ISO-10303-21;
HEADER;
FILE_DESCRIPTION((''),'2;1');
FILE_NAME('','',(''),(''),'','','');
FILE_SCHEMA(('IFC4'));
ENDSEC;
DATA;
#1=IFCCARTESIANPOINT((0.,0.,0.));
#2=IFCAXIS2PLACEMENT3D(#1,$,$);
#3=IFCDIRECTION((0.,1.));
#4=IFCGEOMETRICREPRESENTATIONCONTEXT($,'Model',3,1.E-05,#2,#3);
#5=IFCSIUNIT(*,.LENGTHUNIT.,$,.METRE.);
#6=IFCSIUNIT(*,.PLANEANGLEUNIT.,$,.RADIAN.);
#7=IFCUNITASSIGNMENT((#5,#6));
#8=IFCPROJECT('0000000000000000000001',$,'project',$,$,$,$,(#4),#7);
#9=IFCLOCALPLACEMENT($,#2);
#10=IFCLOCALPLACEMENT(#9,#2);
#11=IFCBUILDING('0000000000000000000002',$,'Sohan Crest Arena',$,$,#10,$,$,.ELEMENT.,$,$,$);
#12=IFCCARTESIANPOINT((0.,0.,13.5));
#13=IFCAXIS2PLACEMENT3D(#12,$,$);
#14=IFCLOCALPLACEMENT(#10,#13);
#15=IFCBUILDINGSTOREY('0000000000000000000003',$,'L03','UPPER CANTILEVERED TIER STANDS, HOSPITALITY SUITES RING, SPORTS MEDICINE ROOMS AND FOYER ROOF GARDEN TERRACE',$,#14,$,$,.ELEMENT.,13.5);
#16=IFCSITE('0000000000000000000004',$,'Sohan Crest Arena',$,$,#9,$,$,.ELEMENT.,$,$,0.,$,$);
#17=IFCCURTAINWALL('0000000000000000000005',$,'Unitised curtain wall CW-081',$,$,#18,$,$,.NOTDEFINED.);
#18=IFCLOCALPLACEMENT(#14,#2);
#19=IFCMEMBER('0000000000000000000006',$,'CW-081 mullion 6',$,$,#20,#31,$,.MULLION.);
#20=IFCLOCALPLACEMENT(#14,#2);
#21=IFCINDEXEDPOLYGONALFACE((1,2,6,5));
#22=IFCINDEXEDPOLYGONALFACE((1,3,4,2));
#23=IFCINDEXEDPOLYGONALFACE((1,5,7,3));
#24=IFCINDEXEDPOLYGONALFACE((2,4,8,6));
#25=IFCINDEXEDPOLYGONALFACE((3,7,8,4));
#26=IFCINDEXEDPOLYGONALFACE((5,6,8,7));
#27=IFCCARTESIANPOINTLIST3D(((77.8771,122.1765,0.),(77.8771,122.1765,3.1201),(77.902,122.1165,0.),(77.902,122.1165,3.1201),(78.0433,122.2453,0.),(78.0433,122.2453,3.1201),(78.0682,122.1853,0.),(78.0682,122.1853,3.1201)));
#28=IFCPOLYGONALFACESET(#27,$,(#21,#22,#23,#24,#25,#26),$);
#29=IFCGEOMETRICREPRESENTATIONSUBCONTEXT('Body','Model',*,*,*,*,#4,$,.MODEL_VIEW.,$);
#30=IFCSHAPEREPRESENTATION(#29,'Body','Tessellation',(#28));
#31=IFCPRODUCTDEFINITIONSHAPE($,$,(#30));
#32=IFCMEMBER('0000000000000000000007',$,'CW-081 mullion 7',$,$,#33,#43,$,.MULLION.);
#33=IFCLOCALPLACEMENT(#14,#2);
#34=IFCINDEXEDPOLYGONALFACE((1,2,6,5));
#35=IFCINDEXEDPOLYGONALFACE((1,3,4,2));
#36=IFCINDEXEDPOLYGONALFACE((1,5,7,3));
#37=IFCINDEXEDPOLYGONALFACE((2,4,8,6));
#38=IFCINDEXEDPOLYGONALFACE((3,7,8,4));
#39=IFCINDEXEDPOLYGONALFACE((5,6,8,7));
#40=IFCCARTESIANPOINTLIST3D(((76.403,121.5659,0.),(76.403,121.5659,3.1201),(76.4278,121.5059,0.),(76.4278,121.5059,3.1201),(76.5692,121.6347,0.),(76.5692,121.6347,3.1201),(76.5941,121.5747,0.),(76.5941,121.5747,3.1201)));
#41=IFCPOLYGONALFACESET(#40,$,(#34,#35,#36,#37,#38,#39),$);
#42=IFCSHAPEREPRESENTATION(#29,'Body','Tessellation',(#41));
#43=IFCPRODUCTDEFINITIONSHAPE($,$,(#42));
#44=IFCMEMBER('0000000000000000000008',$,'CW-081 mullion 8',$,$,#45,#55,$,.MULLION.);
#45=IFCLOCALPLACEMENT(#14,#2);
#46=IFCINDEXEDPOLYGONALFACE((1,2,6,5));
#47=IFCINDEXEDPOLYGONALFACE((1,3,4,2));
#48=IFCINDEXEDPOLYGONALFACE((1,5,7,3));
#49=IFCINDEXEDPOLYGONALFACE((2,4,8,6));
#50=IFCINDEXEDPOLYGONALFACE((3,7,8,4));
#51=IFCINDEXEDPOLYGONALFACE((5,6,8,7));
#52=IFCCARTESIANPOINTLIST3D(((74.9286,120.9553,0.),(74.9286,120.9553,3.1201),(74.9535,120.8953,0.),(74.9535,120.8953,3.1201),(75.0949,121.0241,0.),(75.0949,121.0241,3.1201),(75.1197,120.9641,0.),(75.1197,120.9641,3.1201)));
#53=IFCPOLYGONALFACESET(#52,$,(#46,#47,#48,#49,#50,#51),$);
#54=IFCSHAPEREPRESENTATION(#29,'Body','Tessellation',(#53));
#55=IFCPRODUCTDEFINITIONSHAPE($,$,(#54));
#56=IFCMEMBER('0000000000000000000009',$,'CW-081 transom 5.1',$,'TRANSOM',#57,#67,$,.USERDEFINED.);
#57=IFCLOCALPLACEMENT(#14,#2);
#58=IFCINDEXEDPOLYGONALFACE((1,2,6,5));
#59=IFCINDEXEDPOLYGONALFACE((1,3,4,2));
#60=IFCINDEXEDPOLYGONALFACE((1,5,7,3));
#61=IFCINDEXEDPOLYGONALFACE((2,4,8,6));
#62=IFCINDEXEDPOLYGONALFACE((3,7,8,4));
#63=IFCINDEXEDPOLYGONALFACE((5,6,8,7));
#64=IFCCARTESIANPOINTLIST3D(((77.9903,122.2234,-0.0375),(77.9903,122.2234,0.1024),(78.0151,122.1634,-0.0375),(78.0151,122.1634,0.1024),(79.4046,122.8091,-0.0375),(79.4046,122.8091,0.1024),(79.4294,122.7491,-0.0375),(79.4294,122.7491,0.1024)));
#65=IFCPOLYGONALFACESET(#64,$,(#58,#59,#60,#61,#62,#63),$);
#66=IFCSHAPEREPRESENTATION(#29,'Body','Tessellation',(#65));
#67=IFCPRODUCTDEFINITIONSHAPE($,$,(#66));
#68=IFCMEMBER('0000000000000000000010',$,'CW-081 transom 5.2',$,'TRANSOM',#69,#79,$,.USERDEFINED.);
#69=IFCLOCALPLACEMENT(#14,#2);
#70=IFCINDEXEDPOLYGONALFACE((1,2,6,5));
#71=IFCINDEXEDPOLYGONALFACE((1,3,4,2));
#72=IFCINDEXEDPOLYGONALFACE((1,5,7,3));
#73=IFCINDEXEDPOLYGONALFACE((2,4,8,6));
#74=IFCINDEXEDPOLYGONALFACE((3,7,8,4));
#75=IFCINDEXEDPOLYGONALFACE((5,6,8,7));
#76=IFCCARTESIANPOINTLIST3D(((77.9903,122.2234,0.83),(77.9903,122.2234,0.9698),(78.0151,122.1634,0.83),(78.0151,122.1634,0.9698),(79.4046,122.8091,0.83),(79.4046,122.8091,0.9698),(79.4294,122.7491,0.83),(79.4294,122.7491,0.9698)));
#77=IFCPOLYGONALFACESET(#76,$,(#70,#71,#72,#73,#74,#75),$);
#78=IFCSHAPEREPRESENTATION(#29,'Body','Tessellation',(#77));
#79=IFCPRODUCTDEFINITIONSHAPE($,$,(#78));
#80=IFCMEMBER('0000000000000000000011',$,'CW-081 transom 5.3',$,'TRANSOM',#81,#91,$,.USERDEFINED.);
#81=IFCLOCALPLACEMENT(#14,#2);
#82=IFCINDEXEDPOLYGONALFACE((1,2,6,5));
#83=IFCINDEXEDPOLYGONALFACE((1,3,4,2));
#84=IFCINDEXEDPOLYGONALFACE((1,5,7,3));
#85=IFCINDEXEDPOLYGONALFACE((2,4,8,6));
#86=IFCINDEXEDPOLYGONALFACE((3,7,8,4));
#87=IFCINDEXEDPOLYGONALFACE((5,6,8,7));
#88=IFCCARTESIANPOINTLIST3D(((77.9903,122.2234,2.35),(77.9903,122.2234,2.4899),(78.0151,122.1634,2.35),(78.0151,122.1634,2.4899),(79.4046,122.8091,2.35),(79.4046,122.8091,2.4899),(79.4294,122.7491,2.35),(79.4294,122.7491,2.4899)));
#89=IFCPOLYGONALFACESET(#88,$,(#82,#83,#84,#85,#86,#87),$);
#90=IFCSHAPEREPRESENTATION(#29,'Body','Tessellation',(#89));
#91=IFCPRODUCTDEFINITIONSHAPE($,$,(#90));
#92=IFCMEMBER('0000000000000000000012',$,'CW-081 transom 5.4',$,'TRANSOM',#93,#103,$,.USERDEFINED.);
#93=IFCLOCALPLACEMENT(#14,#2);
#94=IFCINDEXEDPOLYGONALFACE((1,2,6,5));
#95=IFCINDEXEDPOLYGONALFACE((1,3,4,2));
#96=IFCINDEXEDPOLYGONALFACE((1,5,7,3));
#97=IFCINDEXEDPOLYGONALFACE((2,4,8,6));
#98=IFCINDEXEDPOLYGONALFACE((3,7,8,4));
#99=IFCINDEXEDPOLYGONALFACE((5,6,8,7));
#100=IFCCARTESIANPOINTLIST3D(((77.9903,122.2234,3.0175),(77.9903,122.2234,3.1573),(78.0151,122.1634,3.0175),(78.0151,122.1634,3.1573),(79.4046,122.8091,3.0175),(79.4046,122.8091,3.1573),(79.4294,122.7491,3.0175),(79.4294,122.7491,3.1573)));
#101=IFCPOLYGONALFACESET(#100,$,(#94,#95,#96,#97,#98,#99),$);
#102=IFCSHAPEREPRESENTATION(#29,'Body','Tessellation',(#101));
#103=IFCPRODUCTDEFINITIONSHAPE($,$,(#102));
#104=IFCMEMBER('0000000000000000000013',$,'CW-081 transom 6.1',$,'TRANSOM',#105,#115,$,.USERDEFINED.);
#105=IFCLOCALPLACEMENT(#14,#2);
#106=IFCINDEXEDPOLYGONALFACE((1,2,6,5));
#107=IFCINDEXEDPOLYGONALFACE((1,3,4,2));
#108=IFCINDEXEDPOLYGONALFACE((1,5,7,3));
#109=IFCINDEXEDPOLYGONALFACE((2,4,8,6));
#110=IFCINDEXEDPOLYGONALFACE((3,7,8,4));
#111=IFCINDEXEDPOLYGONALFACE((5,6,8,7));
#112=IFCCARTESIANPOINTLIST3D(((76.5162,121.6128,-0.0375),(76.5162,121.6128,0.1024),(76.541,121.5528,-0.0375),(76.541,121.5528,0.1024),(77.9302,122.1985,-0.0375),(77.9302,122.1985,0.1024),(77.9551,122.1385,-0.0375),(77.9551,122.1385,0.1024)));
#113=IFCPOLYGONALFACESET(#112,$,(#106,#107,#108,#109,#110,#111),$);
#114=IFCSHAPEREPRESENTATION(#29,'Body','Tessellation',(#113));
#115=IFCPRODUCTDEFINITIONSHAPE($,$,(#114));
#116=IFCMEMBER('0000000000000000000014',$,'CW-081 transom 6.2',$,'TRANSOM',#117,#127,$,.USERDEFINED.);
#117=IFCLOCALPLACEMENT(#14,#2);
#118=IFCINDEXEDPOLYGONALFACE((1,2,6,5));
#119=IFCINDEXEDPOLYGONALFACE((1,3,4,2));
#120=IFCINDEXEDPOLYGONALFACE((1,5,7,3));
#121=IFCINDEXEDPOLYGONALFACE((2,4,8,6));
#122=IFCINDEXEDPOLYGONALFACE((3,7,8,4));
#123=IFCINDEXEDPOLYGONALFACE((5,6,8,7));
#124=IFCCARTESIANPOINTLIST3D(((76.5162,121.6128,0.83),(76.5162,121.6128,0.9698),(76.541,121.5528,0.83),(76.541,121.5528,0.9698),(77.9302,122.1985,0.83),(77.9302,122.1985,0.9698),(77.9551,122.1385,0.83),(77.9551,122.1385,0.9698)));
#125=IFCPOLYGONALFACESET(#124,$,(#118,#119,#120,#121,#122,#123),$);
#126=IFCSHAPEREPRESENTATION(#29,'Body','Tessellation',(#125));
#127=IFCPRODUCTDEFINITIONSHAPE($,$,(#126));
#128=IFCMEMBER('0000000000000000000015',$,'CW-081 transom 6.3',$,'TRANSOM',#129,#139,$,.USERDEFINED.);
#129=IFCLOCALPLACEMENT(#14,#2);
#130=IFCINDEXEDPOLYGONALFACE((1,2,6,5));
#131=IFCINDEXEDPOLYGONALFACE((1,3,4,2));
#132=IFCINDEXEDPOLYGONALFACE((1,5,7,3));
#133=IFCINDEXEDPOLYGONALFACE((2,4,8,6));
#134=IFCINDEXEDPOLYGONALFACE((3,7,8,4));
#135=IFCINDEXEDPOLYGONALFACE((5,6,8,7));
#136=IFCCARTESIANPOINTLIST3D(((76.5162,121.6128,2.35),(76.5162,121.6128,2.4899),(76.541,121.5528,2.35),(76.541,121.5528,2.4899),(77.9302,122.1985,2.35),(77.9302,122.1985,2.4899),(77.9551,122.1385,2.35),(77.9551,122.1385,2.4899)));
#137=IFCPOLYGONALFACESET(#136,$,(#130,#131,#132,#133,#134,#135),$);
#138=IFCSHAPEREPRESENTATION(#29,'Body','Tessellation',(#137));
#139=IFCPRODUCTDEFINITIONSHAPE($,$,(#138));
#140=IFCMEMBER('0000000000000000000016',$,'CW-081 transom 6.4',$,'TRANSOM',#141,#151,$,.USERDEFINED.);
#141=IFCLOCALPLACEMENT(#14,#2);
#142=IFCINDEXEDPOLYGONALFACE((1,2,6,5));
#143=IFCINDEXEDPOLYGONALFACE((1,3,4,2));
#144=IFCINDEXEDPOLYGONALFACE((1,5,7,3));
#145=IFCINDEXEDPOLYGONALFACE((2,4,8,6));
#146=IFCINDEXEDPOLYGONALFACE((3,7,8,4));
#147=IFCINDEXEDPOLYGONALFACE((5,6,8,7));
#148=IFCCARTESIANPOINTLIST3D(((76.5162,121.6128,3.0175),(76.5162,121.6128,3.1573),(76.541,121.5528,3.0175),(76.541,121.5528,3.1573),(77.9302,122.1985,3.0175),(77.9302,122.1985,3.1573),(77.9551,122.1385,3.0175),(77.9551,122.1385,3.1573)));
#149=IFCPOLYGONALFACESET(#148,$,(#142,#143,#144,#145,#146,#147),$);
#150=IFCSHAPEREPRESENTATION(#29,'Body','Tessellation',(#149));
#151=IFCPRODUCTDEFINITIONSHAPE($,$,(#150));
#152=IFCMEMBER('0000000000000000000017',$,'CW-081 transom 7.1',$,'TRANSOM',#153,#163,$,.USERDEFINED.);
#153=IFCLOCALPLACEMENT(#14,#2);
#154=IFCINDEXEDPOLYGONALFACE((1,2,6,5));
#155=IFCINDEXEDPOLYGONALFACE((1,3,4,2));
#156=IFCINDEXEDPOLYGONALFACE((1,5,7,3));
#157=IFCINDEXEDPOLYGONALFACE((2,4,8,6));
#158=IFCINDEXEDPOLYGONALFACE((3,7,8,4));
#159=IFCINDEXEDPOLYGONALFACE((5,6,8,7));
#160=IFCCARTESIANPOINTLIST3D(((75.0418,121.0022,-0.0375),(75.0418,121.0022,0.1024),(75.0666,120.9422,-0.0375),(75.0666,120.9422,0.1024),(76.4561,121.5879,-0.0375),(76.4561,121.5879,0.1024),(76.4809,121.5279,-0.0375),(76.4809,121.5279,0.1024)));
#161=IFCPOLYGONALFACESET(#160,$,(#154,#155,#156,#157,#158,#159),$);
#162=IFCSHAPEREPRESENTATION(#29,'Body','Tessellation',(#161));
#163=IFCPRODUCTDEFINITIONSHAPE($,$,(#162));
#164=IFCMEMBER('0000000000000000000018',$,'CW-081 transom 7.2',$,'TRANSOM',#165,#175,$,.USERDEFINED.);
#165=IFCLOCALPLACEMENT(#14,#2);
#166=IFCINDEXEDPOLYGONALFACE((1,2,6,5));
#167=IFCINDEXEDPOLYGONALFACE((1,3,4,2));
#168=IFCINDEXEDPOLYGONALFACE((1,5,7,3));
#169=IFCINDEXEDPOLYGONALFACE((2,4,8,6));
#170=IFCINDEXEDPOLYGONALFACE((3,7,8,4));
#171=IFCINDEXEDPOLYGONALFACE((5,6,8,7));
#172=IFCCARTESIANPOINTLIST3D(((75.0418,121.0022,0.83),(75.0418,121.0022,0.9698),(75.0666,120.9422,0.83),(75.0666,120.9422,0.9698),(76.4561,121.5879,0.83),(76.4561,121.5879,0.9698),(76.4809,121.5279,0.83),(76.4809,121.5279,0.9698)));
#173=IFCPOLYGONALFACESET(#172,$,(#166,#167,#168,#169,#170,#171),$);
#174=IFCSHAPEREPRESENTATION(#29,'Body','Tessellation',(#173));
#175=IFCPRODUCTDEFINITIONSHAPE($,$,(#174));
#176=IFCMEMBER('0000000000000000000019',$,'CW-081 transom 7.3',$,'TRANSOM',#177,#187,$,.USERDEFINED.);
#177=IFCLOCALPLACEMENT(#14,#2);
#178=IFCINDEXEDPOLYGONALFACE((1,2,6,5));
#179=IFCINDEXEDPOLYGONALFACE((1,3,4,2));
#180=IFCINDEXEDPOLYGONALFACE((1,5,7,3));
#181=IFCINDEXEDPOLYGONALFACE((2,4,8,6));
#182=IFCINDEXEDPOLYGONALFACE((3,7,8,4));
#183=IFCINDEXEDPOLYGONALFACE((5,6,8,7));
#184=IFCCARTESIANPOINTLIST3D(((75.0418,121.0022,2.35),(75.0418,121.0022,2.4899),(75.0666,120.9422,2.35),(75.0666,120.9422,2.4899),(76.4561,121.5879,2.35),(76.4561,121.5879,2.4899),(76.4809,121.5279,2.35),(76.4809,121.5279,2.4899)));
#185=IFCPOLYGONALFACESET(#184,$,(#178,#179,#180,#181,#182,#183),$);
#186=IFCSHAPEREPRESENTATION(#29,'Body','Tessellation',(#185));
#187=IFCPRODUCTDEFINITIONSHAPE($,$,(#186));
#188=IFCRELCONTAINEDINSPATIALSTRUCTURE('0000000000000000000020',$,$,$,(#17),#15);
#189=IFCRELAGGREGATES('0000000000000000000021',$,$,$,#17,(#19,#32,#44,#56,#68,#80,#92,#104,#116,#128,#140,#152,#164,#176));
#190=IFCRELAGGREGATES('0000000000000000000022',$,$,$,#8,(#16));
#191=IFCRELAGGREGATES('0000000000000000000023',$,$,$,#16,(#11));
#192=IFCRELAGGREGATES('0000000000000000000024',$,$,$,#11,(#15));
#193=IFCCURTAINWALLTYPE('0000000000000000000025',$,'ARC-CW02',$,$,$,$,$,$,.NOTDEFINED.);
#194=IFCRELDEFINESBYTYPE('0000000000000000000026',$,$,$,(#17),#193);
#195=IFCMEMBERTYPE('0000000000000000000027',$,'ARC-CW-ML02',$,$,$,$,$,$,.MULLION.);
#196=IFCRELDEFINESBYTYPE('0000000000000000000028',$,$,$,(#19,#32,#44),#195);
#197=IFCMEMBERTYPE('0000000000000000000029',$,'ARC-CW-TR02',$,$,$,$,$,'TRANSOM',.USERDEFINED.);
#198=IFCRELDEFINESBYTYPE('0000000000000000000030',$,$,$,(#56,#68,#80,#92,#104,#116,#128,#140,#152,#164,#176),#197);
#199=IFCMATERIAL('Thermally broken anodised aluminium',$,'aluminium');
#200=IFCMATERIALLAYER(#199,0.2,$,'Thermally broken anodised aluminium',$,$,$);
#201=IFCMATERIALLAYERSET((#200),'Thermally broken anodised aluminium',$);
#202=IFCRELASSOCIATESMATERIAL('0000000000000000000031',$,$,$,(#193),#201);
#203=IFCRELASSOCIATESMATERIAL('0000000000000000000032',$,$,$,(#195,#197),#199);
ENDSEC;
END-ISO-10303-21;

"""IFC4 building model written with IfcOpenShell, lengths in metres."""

from ifc_helpers import new_model, si_unit, direction, frame, origin, origin_2d, place, context, subcontext, project, spatial, rectangle, extrude, material, layer, layer_set, material_profile, profile_set, type_object, element, aggregate, save


model = new_model("IFC4")

# Units and contexts
model_context = context("Model", 3, precision=1e-05, world=origin(), true_north=direction((0.0, 1.0)))
body_context = subcontext(model_context, "Body", "Model", "MODEL_VIEW")
ifc_project = project(units=[si_unit("LENGTHUNIT", "METRE"), si_unit("PLANEANGLEUNIT", "RADIAN")], contexts=[model_context])

# Site, building, storey
site_placement = place(None, origin())
site = spatial("IfcSite", under=ifc_project, at=site_placement, Name="Sohan Crest Arena", CompositionType="ELEMENT", RefElevation=0.0)
building_placement = place(site_placement, origin())
building = spatial("IfcBuilding", under=site, at=building_placement, Name="Sohan Crest Arena", CompositionType="ELEMENT")
storey_placement = place(building_placement, frame((0.0, 0.0, 13.5)))
storey = spatial("IfcBuildingStorey", under=building, at=storey_placement, Name="L03", Description="UPPER CANTILEVERED TIER STANDS, HOSPITALITY SUITES RING, SPORTS MEDICINE ROOMS AND FOYER ROOF GARDEN TERRACE", CompositionType="ELEMENT", Elevation=13.5)

# Curtain wall, members
ifc_material_1 = material(Name="Thermally broken anodised aluminium", Category="aluminium")
ifc_layer_1 = layer(ifc_material_1, 0.2, Name="Thermally broken anodised aluminium")
ifc_layer_set_1 = layer_set([ifc_layer_1], Name="Thermally broken anodised aluminium")
curtain_wall_type = type_object("IfcCurtainWallType", Name="ARC-CW02", PredefinedType="NOTDEFINED", material=ifc_layer_set_1)
curtain_wall_placement = place(storey_placement, origin())
curtain_wall = element("IfcCurtainWall", 1, at=curtain_wall_placement, inside=storey, type_object=curtain_wall_type, Name="Unitised curtain wall CW-081", PredefinedType="NOTDEFINED")
ifc_material_profile_1 = material_profile(ifc_material_1, rectangle(XDim=0.0649, YDim=0.1799, at=origin_2d()), Name="ALU-MULL 65x180")
ifc_profile_set_1 = profile_set([ifc_material_profile_1], Name="Thermally broken anodised aluminium")
member_type_1 = type_object("IfcMemberType", Name="ARC-CW-ML02", PredefinedType="MULLION", material=ifc_profile_set_1)
member_1_placement = place(storey_placement, frame((77.9727, 122.1809, 0.0), z_axis=(0.0, 0.0, 1.0), x_axis=(0.382668, -0.923886, 0.0)))
member_1 = element("IfcMember", 2, at=member_1_placement, type_object=member_type_1, Name="CW-081 mullion 6", PredefinedType="MULLION", context=body_context, shape_type="SweptSolid", body=[
    extrude(rectangle(XDim=0.0649, YDim=0.1799, at=origin_2d()), origin(), (0.0, 0.0, 1.0), 3.1201),
])
member_2_placement = place(storey_placement, frame((76.4985, 121.5703, 0.0), z_axis=(0.0, 0.0, 1.0), x_axis=(0.382668, -0.923886, 0.0)))
member_2 = element("IfcMember", 3, at=member_2_placement, type_object=member_type_1, Name="CW-081 mullion 7", PredefinedType="MULLION", context=body_context, shape_type="SweptSolid", body=[
    extrude(rectangle(XDim=0.0649, YDim=0.1799, at=origin_2d()), origin(), (0.0, 0.0, 1.0), 3.1201),
])
member_3_placement = place(storey_placement, frame((75.0242, 120.9597, 0.0), z_axis=(0.0, 0.0, 1.0), x_axis=(0.382668, -0.923886, 0.0)))
member_3 = element("IfcMember", 4, at=member_3_placement, type_object=member_type_1, Name="CW-081 mullion 8", PredefinedType="MULLION", context=body_context, shape_type="SweptSolid", body=[
    extrude(rectangle(XDim=0.0649, YDim=0.1799, at=origin_2d()), origin(), (0.0, 0.0, 1.0), 3.1201),
])
ifc_material_profile_2 = material_profile(ifc_material_1, rectangle(XDim=0.0649, YDim=0.1399, at=origin_2d()), Name="ALU-TRAN 65x140")
ifc_profile_set_2 = profile_set([ifc_material_profile_2], Name="Thermally broken anodised aluminium")
member_type_2 = type_object("IfcMemberType", Name="ARC-CW-TR02", ElementType="TRANSOM", PredefinedType="USERDEFINED", material=ifc_profile_set_2)
member_4_placement = place(storey_placement, frame((79.417, 122.7791, 0.0325), z_axis=(-0.92391, -0.38261, 0.0), x_axis=(0.38261, -0.92391, 0.0)))
member_4 = element("IfcMember", 5, at=member_4_placement, type_object=member_type_2, Name="CW-081 transom 5.1", ObjectType="TRANSOM", PredefinedType="USERDEFINED", context=body_context, shape_type="SweptSolid", body=[
    extrude(rectangle(XDim=0.0649, YDim=0.1399, at=origin_2d()), origin(), (0.0, 0.0, 1.0), 1.5308),
])
member_5_placement = place(storey_placement, frame((79.417, 122.7791, 0.8999), z_axis=(-0.92391, -0.38261, 0.0), x_axis=(0.38261, -0.92391, 0.0)))
member_5 = element("IfcMember", 6, at=member_5_placement, type_object=member_type_2, Name="CW-081 transom 5.2", ObjectType="TRANSOM", PredefinedType="USERDEFINED", context=body_context, shape_type="SweptSolid", body=[
    extrude(rectangle(XDim=0.0649, YDim=0.1399, at=origin_2d()), origin(), (0.0, 0.0, 1.0), 1.5308),
])
member_6_placement = place(storey_placement, frame((79.417, 122.7791, 2.4199), z_axis=(-0.92391, -0.38261, 0.0), x_axis=(0.38261, -0.92391, 0.0)))
member_6 = element("IfcMember", 7, at=member_6_placement, type_object=member_type_2, Name="CW-081 transom 5.3", ObjectType="TRANSOM", PredefinedType="USERDEFINED", context=body_context, shape_type="SweptSolid", body=[
    extrude(rectangle(XDim=0.0649, YDim=0.1399, at=origin_2d()), origin(), (0.0, 0.0, 1.0), 1.5308),
])
member_7_placement = place(storey_placement, frame((79.417, 122.7791, 3.0874), z_axis=(-0.92391, -0.38261, 0.0), x_axis=(0.38261, -0.92391, 0.0)))
member_7 = element("IfcMember", 8, at=member_7_placement, type_object=member_type_2, Name="CW-081 transom 5.4", ObjectType="TRANSOM", PredefinedType="USERDEFINED", context=body_context, shape_type="SweptSolid", body=[
    extrude(rectangle(XDim=0.0649, YDim=0.1399, at=origin_2d()), origin(), (0.0, 0.0, 1.0), 1.5308),
])
member_8_placement = place(storey_placement, frame((77.9426, 122.1685, 0.0325), z_axis=(-0.923887, -0.382666, 0.0), x_axis=(0.382666, -0.923887, 0.0)))
member_8 = element("IfcMember", 9, at=member_8_placement, type_object=member_type_2, Name="CW-081 transom 6.1", ObjectType="TRANSOM", PredefinedType="USERDEFINED", context=body_context, shape_type="SweptSolid", body=[
    extrude(rectangle(XDim=0.0649, YDim=0.1399, at=origin_2d()), origin(), (0.0, 0.0, 1.0), 1.5305),
])
member_9_placement = place(storey_placement, frame((77.9426, 122.1685, 0.8999), z_axis=(-0.923887, -0.382666, 0.0), x_axis=(0.382666, -0.923887, 0.0)))
member_9 = element("IfcMember", 10, at=member_9_placement, type_object=member_type_2, Name="CW-081 transom 6.2", ObjectType="TRANSOM", PredefinedType="USERDEFINED", context=body_context, shape_type="SweptSolid", body=[
    extrude(rectangle(XDim=0.0649, YDim=0.1399, at=origin_2d()), origin(), (0.0, 0.0, 1.0), 1.5305),
])
member_10_placement = place(storey_placement, frame((77.9426, 122.1685, 2.4199), z_axis=(-0.923887, -0.382666, 0.0), x_axis=(0.382666, -0.923887, 0.0)))
member_10 = element("IfcMember", 11, at=member_10_placement, type_object=member_type_2, Name="CW-081 transom 6.3", ObjectType="TRANSOM", PredefinedType="USERDEFINED", context=body_context, shape_type="SweptSolid", body=[
    extrude(rectangle(XDim=0.0649, YDim=0.1399, at=origin_2d()), origin(), (0.0, 0.0, 1.0), 1.5305),
])
member_11_placement = place(storey_placement, frame((77.9426, 122.1685, 3.0874), z_axis=(-0.923887, -0.382666, 0.0), x_axis=(0.382666, -0.923887, 0.0)))
member_11 = element("IfcMember", 12, at=member_11_placement, type_object=member_type_2, Name="CW-081 transom 6.4", ObjectType="TRANSOM", PredefinedType="USERDEFINED", context=body_context, shape_type="SweptSolid", body=[
    extrude(rectangle(XDim=0.0649, YDim=0.1399, at=origin_2d()), origin(), (0.0, 0.0, 1.0), 1.5305),
])
member_12_placement = place(storey_placement, frame((76.4685, 121.5579, 0.0325), z_axis=(-0.92391, -0.38261, 0.0), x_axis=(0.38261, -0.92391, 0.0)))
member_12 = element("IfcMember", 13, at=member_12_placement, type_object=member_type_2, Name="CW-081 transom 7.1", ObjectType="TRANSOM", PredefinedType="USERDEFINED", context=body_context, shape_type="SweptSolid", body=[
    extrude(rectangle(XDim=0.0649, YDim=0.1399, at=origin_2d()), origin(), (0.0, 0.0, 1.0), 1.5308),
])
member_13_placement = place(storey_placement, frame((76.4685, 121.5579, 0.8999), z_axis=(-0.92391, -0.38261, 0.0), x_axis=(0.38261, -0.92391, 0.0)))
member_13 = element("IfcMember", 14, at=member_13_placement, type_object=member_type_2, Name="CW-081 transom 7.2", ObjectType="TRANSOM", PredefinedType="USERDEFINED", context=body_context, shape_type="SweptSolid", body=[
    extrude(rectangle(XDim=0.0649, YDim=0.1399, at=origin_2d()), origin(), (0.0, 0.0, 1.0), 1.5308),
])
member_14_placement = place(storey_placement, frame((76.4685, 121.5579, 2.4199), z_axis=(-0.92391, -0.38261, 0.0), x_axis=(0.38261, -0.92391, 0.0)))
member_14 = element("IfcMember", 15, at=member_14_placement, type_object=member_type_2, Name="CW-081 transom 7.3", ObjectType="TRANSOM", PredefinedType="USERDEFINED", context=body_context, shape_type="SweptSolid", body=[
    extrude(rectangle(XDim=0.0649, YDim=0.1399, at=origin_2d()), origin(), (0.0, 0.0, 1.0), 1.5308),
])
aggregate(curtain_wall, [member_1, member_2, member_3, member_4, member_5, member_6, member_7, member_8, member_9, member_10, member_11, member_12, member_13, member_14])

save(model, "model.ifc")
